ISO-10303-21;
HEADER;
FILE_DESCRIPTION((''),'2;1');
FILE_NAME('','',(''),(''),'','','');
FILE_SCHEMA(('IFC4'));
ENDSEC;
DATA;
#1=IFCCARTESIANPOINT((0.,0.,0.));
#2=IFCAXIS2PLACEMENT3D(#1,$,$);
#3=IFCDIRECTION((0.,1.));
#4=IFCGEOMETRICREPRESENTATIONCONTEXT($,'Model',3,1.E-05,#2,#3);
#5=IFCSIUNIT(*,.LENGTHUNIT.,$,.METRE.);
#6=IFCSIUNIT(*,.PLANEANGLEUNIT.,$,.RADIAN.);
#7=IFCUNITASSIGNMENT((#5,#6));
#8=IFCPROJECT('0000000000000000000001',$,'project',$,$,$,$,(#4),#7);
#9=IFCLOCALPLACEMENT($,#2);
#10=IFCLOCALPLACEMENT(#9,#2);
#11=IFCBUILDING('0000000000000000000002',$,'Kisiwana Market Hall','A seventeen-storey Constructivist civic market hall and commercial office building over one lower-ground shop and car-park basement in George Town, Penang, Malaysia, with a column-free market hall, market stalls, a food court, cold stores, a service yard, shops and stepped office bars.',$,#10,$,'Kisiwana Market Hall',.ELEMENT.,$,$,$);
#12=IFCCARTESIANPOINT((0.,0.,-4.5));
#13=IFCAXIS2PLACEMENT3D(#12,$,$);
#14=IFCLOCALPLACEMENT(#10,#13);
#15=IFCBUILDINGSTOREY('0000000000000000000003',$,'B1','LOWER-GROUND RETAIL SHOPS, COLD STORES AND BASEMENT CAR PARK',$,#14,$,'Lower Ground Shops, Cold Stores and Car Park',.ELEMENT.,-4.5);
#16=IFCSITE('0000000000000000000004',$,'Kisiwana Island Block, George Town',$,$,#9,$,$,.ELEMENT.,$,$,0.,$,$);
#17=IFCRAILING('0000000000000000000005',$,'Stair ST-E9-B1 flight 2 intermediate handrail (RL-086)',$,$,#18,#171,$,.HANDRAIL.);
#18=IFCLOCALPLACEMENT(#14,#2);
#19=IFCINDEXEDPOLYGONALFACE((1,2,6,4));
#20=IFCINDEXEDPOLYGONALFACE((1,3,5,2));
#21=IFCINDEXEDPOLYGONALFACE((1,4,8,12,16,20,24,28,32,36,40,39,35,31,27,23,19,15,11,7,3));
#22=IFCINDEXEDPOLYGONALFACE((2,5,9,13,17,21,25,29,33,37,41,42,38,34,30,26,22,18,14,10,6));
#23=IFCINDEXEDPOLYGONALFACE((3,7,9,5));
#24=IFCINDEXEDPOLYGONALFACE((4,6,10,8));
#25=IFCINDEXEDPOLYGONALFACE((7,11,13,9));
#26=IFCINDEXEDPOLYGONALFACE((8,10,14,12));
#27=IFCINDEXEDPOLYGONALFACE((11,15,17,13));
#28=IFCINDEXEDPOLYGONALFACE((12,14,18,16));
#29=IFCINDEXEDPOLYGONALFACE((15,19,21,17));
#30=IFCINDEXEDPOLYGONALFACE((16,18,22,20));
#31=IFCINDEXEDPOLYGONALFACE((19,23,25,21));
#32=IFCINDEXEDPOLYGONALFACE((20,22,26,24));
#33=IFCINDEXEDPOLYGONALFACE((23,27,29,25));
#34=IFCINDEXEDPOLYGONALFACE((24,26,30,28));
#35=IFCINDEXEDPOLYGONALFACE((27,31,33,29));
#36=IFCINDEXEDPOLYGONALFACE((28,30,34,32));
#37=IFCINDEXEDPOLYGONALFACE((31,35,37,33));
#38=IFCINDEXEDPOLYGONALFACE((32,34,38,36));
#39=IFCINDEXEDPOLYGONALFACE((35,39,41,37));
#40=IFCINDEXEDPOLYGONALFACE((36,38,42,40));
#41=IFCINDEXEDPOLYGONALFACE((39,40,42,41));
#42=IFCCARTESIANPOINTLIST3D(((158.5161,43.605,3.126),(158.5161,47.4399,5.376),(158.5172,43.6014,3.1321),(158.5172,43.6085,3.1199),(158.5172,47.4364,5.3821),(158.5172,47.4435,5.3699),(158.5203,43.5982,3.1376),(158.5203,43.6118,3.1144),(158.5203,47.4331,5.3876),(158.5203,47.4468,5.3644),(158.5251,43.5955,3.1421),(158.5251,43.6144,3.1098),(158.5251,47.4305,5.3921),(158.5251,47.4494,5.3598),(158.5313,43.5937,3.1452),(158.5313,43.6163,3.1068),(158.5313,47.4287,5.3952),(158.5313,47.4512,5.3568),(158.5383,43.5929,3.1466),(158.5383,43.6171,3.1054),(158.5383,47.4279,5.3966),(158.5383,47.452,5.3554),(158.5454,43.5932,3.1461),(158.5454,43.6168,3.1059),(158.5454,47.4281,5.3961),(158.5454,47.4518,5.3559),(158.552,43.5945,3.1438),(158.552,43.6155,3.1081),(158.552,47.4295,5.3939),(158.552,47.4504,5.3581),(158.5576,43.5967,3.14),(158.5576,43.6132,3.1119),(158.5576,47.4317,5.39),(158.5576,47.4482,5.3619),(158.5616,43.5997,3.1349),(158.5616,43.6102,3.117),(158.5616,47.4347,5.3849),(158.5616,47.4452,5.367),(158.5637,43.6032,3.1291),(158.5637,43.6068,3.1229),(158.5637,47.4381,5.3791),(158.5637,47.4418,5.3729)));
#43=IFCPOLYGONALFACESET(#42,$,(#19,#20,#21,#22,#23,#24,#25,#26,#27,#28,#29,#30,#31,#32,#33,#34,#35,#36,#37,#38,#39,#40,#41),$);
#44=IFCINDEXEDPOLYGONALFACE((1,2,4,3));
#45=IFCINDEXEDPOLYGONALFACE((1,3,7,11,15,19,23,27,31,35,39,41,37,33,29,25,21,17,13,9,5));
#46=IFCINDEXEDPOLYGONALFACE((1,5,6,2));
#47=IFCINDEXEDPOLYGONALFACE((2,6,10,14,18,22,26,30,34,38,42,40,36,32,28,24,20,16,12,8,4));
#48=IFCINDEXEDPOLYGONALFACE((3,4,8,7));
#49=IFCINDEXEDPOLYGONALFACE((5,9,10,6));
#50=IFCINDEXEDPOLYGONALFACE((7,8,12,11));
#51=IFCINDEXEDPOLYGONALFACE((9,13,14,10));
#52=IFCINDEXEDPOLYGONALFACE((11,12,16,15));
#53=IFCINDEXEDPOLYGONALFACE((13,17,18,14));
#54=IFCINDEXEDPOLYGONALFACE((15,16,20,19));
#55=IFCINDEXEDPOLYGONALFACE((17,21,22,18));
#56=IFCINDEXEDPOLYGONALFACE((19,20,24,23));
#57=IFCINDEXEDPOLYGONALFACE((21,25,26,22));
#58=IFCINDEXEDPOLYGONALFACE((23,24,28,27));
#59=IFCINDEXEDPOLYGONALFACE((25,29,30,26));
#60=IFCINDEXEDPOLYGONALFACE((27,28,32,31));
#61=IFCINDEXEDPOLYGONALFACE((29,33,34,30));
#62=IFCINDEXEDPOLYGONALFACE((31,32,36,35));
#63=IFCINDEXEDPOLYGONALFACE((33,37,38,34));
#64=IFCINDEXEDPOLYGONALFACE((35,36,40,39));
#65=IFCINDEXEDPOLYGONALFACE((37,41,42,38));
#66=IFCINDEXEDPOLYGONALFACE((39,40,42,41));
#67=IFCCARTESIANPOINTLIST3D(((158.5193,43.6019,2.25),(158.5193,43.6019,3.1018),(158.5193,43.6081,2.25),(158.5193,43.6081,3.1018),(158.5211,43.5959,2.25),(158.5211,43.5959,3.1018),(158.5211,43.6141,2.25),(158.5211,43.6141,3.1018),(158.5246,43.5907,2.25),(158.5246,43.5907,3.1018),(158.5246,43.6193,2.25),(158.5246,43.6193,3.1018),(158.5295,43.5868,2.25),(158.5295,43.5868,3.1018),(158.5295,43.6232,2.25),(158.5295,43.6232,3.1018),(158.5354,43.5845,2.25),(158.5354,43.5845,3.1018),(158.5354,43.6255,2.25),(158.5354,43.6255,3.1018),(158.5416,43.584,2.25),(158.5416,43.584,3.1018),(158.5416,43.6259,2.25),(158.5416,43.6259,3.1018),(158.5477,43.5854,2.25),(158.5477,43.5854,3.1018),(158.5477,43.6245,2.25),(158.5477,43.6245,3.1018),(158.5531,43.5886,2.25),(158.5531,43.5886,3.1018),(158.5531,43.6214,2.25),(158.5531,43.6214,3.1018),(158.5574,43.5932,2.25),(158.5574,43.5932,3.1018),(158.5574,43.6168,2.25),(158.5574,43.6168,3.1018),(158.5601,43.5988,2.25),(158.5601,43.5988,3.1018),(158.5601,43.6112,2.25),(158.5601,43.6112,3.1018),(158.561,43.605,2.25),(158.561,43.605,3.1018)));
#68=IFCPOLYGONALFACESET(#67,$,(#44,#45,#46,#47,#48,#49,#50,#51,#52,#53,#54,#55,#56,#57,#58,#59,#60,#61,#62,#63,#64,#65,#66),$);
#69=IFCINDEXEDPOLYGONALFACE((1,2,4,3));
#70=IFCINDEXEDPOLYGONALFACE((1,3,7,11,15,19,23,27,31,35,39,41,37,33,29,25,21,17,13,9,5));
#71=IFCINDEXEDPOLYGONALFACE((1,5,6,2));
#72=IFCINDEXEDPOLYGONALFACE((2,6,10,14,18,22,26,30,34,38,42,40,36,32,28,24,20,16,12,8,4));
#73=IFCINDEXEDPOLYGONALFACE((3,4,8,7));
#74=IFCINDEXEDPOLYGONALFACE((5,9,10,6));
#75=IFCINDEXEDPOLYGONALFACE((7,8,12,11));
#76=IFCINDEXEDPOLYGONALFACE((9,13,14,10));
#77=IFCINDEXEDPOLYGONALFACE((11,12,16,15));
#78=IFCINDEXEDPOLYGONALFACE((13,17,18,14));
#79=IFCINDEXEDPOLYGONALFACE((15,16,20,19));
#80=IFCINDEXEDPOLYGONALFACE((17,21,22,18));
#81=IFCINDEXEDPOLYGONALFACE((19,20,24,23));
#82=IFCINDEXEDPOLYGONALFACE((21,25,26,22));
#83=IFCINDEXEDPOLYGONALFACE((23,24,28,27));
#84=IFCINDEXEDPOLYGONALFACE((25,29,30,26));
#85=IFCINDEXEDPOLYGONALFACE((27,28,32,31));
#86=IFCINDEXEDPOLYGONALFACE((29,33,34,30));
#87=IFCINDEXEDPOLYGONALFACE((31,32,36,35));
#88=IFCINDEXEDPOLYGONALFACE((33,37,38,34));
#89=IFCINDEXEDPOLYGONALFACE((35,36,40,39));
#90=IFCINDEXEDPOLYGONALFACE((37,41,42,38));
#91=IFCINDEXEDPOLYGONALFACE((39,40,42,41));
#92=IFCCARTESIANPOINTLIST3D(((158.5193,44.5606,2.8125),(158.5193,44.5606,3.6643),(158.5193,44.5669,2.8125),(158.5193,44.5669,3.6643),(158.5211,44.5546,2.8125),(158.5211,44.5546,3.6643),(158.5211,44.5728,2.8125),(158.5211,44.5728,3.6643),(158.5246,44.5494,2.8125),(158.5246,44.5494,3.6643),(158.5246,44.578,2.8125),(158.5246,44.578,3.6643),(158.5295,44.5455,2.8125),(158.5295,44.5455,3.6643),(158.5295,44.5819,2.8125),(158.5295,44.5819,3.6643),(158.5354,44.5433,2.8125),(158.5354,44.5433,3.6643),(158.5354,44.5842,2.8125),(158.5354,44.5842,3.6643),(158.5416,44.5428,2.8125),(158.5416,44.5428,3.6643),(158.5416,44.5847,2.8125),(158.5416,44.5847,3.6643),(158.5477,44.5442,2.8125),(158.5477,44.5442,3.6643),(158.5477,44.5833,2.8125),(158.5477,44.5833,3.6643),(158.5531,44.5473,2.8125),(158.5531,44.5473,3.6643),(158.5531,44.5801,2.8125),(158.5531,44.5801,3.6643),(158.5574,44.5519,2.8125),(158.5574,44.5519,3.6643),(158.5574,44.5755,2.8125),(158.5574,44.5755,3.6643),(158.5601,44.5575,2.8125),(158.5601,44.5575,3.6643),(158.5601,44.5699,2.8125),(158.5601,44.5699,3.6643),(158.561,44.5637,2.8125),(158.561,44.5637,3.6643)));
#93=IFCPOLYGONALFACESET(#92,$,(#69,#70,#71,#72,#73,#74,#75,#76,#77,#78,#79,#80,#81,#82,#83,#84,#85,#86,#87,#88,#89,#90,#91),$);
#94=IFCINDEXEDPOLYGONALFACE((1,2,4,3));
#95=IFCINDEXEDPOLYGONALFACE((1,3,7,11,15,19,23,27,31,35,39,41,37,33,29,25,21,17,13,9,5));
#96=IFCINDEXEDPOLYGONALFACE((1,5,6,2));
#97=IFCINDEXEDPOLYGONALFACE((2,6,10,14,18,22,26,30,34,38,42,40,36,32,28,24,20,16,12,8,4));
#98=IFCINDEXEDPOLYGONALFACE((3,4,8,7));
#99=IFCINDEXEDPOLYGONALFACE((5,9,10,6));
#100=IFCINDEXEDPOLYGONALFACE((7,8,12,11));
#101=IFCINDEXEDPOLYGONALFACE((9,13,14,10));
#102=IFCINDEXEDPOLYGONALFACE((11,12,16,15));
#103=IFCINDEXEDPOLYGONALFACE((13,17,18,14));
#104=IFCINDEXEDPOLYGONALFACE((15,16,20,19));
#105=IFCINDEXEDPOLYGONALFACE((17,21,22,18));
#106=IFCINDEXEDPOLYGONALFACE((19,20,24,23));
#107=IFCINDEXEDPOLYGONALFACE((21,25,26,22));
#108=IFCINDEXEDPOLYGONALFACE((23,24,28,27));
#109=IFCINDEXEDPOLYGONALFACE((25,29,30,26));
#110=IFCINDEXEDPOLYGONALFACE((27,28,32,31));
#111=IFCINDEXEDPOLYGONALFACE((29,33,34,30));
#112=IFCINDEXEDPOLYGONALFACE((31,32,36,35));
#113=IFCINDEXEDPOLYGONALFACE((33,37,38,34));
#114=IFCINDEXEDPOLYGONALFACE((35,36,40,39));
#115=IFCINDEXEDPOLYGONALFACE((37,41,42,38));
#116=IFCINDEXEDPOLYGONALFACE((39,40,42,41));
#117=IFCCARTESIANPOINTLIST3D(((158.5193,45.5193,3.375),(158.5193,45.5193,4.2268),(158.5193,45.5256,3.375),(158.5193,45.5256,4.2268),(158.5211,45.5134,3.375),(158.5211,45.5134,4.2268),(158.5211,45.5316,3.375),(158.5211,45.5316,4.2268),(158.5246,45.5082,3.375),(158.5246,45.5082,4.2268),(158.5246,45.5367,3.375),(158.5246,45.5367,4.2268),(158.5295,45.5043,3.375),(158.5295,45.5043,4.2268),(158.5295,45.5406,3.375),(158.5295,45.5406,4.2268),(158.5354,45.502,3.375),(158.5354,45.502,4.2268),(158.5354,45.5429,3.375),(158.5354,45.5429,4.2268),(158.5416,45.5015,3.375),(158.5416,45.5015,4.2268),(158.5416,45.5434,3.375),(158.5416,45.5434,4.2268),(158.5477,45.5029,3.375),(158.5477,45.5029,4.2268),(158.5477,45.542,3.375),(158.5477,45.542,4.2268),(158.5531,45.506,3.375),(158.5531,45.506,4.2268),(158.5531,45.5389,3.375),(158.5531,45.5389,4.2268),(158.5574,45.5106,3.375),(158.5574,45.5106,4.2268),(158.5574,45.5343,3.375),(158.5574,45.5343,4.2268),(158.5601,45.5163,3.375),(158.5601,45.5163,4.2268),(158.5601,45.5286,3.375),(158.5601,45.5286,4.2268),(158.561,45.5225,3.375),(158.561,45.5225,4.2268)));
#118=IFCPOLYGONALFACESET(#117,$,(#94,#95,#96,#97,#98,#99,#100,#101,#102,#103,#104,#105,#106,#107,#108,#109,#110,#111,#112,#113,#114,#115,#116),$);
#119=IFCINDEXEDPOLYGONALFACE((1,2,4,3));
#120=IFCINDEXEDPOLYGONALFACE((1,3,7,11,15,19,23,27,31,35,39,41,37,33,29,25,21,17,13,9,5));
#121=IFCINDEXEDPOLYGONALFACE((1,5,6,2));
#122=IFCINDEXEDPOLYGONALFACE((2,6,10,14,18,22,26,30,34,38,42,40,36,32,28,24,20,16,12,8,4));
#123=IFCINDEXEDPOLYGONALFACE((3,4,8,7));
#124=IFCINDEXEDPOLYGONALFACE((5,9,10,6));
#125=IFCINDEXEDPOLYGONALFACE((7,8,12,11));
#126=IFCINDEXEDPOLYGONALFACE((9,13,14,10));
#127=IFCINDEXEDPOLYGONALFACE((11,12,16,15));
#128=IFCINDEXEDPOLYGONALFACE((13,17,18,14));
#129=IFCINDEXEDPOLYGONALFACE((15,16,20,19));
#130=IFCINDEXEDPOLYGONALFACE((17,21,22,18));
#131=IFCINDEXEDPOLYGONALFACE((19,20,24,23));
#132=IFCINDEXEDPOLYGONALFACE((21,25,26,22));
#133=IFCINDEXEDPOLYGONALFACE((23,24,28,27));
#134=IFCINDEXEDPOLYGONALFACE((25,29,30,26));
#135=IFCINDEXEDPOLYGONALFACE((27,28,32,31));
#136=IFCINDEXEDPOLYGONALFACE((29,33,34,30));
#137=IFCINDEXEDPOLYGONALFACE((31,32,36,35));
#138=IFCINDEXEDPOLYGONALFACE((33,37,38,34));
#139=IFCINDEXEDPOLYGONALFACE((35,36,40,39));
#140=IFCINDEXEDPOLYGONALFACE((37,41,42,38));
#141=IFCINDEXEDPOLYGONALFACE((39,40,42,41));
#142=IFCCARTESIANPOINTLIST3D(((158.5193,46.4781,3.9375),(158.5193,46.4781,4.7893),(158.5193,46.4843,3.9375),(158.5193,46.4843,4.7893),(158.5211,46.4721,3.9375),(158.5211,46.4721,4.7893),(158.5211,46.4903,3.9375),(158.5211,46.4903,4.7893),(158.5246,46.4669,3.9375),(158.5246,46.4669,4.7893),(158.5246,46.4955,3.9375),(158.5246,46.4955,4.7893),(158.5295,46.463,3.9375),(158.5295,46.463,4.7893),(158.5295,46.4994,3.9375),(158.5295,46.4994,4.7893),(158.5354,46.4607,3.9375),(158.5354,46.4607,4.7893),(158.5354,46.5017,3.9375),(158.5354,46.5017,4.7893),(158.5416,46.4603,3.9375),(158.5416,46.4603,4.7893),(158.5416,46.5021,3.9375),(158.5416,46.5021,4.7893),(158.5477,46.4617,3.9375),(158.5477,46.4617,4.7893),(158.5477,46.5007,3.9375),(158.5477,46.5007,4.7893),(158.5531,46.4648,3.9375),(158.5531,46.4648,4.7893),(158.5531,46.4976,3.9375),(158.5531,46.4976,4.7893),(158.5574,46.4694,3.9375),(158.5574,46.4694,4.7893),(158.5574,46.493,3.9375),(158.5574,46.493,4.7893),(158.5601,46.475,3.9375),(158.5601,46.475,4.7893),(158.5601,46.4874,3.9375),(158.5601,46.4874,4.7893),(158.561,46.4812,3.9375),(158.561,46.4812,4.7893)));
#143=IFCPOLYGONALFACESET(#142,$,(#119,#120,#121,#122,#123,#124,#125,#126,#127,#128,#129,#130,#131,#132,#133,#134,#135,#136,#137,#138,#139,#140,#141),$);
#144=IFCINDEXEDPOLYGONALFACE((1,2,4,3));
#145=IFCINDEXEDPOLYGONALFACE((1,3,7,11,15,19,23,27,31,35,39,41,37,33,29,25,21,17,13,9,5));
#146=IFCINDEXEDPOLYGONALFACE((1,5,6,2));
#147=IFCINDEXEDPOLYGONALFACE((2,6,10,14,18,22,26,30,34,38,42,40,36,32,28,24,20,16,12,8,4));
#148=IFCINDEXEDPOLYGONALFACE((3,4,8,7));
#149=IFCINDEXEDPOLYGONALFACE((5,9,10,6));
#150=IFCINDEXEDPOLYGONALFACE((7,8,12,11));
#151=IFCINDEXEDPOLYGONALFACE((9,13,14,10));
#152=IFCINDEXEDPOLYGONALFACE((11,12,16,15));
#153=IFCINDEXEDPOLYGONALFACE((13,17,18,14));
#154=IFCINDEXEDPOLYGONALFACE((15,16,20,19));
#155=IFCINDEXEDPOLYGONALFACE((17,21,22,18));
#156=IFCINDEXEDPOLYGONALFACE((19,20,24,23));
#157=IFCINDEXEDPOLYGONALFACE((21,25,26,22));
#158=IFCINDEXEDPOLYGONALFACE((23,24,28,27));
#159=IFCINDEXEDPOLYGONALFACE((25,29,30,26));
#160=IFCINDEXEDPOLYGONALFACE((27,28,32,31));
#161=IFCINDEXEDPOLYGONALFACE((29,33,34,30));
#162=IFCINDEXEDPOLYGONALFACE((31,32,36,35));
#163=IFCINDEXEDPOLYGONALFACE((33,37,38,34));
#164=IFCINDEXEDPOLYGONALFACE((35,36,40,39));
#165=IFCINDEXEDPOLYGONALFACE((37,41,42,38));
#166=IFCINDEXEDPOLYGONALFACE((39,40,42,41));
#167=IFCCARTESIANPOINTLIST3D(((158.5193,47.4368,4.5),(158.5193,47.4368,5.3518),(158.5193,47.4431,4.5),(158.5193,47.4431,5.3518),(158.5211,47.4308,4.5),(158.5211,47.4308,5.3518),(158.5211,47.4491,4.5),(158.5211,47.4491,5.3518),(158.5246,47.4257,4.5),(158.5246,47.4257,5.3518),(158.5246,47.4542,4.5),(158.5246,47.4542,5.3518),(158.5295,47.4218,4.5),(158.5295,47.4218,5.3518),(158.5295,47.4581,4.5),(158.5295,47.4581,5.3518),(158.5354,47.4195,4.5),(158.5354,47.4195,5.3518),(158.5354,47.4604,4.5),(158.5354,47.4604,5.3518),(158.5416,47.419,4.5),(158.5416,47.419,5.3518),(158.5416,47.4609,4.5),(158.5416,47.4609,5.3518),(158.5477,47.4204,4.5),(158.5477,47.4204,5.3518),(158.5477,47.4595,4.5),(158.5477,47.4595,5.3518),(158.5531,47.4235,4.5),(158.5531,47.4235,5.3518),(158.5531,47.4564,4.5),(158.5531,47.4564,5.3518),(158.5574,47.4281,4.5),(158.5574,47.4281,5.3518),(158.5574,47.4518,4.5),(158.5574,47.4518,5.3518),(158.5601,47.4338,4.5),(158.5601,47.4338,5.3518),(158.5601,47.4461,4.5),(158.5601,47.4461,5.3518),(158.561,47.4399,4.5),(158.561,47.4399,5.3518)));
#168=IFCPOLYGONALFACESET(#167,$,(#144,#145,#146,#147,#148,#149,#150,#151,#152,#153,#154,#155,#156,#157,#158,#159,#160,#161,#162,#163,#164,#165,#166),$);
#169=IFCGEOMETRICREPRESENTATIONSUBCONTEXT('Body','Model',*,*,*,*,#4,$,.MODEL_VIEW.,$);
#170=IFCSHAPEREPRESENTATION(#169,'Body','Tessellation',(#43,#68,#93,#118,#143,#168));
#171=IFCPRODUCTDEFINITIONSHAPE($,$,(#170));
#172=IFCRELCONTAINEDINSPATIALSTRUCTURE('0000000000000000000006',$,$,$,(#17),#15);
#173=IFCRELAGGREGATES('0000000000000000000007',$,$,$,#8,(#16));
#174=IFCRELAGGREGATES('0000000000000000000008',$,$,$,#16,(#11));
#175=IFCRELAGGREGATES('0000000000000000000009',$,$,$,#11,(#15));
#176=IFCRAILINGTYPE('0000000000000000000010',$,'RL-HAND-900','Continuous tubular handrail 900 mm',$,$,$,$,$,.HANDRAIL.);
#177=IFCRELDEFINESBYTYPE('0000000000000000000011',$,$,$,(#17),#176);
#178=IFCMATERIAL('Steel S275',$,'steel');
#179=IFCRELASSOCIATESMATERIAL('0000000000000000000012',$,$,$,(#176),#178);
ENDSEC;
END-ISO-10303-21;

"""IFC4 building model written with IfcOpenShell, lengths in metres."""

from ifc_helpers import new_model, si_unit, direction, frame, origin, origin_2d, place, context, subcontext, project, spatial, circle, extrude, material, type_object, element, save


model = new_model("IFC4")

# Units and contexts
model_context = context("Model", 3, precision=1e-05, world=origin(), true_north=direction((0.0, 1.0)))
body_context = subcontext(model_context, "Body", "Model", "MODEL_VIEW")
ifc_project = project(units=[si_unit("LENGTHUNIT", "METRE"), si_unit("PLANEANGLEUNIT", "RADIAN")], contexts=[model_context])

# Site, building, storey
site_placement = place(None, origin())
site = spatial("IfcSite", under=ifc_project, at=site_placement, Name="Kisiwana Island Block, George Town", CompositionType="ELEMENT", RefElevation=0.0)
building_placement = place(site_placement, origin())
building = spatial("IfcBuilding", under=site, at=building_placement, Name="Kisiwana Market Hall", Description="A seventeen-storey Constructivist civic market hall and commercial office building over one lower-ground shop and car-park basement in George Town, Penang, Malaysia, with a column-free market hall, market stalls, a food court, cold stores, a service yard, shops and stepped office bars.", LongName="Kisiwana Market Hall", CompositionType="ELEMENT")
storey_placement = place(building_placement, frame((0.0, 0.0, -4.5)))
storey = spatial("IfcBuildingStorey", under=building, at=storey_placement, Name="B1", Description="LOWER-GROUND RETAIL SHOPS, COLD STORES AND BASEMENT CAR PARK", LongName="Lower Ground Shops, Cold Stores and Car Park", CompositionType="ELEMENT", Elevation=-4.5)

# Railing
ifc_material_1 = material(Name="Steel S275", Category="steel")
railing_type_1 = type_object("IfcRailingType", Name="RL-HAND-900", Description="Continuous tubular handrail 900 mm", PredefinedType="HANDRAIL", material=ifc_material_1)
for number, where, name in (
    (1, (158.54, 43.605, 2.25), "Stair ST-E9-B1 flight 2 intermediate handrail (RL-086)"),
):
    element("IfcRailing", number, at=place(storey_placement, frame(where)), inside=storey, type_object=railing_type_1, Name=name, PredefinedType="HANDRAIL", context=body_context, shape_type="SweptSolid", body=[
        extrude(circle(Radius=0.0239, at=origin_2d()), frame((0.0, 0.0, 0.876), z_axis=(0.0, 0.86251, 0.506041), x_axis=(-1.0, 0.0, 0.0)), (0.0, 0.0, 1.0), 4.4463),
        extrude(circle(Radius=0.021, at=origin_2d()), origin(), (0.0, 0.0, 1.0), 0.8518),
        extrude(circle(Radius=0.021, at=origin_2d()), frame((0.0, 0.9587, 0.5625)), (0.0, 0.0, 1.0), 0.8518),
        extrude(circle(Radius=0.021, at=origin_2d()), frame((0.0, 1.9175, 1.125)), (0.0, 0.0, 1.0), 0.8518),
        extrude(circle(Radius=0.021, at=origin_2d()), frame((0.0, 2.8762, 1.6875)), (0.0, 0.0, 1.0), 0.8518),
        extrude(circle(Radius=0.021, at=origin_2d()), frame((0.0, 3.835, 2.25)), (0.0, 0.0, 1.0), 0.8518),
    ])

save(model, "model.ifc")
